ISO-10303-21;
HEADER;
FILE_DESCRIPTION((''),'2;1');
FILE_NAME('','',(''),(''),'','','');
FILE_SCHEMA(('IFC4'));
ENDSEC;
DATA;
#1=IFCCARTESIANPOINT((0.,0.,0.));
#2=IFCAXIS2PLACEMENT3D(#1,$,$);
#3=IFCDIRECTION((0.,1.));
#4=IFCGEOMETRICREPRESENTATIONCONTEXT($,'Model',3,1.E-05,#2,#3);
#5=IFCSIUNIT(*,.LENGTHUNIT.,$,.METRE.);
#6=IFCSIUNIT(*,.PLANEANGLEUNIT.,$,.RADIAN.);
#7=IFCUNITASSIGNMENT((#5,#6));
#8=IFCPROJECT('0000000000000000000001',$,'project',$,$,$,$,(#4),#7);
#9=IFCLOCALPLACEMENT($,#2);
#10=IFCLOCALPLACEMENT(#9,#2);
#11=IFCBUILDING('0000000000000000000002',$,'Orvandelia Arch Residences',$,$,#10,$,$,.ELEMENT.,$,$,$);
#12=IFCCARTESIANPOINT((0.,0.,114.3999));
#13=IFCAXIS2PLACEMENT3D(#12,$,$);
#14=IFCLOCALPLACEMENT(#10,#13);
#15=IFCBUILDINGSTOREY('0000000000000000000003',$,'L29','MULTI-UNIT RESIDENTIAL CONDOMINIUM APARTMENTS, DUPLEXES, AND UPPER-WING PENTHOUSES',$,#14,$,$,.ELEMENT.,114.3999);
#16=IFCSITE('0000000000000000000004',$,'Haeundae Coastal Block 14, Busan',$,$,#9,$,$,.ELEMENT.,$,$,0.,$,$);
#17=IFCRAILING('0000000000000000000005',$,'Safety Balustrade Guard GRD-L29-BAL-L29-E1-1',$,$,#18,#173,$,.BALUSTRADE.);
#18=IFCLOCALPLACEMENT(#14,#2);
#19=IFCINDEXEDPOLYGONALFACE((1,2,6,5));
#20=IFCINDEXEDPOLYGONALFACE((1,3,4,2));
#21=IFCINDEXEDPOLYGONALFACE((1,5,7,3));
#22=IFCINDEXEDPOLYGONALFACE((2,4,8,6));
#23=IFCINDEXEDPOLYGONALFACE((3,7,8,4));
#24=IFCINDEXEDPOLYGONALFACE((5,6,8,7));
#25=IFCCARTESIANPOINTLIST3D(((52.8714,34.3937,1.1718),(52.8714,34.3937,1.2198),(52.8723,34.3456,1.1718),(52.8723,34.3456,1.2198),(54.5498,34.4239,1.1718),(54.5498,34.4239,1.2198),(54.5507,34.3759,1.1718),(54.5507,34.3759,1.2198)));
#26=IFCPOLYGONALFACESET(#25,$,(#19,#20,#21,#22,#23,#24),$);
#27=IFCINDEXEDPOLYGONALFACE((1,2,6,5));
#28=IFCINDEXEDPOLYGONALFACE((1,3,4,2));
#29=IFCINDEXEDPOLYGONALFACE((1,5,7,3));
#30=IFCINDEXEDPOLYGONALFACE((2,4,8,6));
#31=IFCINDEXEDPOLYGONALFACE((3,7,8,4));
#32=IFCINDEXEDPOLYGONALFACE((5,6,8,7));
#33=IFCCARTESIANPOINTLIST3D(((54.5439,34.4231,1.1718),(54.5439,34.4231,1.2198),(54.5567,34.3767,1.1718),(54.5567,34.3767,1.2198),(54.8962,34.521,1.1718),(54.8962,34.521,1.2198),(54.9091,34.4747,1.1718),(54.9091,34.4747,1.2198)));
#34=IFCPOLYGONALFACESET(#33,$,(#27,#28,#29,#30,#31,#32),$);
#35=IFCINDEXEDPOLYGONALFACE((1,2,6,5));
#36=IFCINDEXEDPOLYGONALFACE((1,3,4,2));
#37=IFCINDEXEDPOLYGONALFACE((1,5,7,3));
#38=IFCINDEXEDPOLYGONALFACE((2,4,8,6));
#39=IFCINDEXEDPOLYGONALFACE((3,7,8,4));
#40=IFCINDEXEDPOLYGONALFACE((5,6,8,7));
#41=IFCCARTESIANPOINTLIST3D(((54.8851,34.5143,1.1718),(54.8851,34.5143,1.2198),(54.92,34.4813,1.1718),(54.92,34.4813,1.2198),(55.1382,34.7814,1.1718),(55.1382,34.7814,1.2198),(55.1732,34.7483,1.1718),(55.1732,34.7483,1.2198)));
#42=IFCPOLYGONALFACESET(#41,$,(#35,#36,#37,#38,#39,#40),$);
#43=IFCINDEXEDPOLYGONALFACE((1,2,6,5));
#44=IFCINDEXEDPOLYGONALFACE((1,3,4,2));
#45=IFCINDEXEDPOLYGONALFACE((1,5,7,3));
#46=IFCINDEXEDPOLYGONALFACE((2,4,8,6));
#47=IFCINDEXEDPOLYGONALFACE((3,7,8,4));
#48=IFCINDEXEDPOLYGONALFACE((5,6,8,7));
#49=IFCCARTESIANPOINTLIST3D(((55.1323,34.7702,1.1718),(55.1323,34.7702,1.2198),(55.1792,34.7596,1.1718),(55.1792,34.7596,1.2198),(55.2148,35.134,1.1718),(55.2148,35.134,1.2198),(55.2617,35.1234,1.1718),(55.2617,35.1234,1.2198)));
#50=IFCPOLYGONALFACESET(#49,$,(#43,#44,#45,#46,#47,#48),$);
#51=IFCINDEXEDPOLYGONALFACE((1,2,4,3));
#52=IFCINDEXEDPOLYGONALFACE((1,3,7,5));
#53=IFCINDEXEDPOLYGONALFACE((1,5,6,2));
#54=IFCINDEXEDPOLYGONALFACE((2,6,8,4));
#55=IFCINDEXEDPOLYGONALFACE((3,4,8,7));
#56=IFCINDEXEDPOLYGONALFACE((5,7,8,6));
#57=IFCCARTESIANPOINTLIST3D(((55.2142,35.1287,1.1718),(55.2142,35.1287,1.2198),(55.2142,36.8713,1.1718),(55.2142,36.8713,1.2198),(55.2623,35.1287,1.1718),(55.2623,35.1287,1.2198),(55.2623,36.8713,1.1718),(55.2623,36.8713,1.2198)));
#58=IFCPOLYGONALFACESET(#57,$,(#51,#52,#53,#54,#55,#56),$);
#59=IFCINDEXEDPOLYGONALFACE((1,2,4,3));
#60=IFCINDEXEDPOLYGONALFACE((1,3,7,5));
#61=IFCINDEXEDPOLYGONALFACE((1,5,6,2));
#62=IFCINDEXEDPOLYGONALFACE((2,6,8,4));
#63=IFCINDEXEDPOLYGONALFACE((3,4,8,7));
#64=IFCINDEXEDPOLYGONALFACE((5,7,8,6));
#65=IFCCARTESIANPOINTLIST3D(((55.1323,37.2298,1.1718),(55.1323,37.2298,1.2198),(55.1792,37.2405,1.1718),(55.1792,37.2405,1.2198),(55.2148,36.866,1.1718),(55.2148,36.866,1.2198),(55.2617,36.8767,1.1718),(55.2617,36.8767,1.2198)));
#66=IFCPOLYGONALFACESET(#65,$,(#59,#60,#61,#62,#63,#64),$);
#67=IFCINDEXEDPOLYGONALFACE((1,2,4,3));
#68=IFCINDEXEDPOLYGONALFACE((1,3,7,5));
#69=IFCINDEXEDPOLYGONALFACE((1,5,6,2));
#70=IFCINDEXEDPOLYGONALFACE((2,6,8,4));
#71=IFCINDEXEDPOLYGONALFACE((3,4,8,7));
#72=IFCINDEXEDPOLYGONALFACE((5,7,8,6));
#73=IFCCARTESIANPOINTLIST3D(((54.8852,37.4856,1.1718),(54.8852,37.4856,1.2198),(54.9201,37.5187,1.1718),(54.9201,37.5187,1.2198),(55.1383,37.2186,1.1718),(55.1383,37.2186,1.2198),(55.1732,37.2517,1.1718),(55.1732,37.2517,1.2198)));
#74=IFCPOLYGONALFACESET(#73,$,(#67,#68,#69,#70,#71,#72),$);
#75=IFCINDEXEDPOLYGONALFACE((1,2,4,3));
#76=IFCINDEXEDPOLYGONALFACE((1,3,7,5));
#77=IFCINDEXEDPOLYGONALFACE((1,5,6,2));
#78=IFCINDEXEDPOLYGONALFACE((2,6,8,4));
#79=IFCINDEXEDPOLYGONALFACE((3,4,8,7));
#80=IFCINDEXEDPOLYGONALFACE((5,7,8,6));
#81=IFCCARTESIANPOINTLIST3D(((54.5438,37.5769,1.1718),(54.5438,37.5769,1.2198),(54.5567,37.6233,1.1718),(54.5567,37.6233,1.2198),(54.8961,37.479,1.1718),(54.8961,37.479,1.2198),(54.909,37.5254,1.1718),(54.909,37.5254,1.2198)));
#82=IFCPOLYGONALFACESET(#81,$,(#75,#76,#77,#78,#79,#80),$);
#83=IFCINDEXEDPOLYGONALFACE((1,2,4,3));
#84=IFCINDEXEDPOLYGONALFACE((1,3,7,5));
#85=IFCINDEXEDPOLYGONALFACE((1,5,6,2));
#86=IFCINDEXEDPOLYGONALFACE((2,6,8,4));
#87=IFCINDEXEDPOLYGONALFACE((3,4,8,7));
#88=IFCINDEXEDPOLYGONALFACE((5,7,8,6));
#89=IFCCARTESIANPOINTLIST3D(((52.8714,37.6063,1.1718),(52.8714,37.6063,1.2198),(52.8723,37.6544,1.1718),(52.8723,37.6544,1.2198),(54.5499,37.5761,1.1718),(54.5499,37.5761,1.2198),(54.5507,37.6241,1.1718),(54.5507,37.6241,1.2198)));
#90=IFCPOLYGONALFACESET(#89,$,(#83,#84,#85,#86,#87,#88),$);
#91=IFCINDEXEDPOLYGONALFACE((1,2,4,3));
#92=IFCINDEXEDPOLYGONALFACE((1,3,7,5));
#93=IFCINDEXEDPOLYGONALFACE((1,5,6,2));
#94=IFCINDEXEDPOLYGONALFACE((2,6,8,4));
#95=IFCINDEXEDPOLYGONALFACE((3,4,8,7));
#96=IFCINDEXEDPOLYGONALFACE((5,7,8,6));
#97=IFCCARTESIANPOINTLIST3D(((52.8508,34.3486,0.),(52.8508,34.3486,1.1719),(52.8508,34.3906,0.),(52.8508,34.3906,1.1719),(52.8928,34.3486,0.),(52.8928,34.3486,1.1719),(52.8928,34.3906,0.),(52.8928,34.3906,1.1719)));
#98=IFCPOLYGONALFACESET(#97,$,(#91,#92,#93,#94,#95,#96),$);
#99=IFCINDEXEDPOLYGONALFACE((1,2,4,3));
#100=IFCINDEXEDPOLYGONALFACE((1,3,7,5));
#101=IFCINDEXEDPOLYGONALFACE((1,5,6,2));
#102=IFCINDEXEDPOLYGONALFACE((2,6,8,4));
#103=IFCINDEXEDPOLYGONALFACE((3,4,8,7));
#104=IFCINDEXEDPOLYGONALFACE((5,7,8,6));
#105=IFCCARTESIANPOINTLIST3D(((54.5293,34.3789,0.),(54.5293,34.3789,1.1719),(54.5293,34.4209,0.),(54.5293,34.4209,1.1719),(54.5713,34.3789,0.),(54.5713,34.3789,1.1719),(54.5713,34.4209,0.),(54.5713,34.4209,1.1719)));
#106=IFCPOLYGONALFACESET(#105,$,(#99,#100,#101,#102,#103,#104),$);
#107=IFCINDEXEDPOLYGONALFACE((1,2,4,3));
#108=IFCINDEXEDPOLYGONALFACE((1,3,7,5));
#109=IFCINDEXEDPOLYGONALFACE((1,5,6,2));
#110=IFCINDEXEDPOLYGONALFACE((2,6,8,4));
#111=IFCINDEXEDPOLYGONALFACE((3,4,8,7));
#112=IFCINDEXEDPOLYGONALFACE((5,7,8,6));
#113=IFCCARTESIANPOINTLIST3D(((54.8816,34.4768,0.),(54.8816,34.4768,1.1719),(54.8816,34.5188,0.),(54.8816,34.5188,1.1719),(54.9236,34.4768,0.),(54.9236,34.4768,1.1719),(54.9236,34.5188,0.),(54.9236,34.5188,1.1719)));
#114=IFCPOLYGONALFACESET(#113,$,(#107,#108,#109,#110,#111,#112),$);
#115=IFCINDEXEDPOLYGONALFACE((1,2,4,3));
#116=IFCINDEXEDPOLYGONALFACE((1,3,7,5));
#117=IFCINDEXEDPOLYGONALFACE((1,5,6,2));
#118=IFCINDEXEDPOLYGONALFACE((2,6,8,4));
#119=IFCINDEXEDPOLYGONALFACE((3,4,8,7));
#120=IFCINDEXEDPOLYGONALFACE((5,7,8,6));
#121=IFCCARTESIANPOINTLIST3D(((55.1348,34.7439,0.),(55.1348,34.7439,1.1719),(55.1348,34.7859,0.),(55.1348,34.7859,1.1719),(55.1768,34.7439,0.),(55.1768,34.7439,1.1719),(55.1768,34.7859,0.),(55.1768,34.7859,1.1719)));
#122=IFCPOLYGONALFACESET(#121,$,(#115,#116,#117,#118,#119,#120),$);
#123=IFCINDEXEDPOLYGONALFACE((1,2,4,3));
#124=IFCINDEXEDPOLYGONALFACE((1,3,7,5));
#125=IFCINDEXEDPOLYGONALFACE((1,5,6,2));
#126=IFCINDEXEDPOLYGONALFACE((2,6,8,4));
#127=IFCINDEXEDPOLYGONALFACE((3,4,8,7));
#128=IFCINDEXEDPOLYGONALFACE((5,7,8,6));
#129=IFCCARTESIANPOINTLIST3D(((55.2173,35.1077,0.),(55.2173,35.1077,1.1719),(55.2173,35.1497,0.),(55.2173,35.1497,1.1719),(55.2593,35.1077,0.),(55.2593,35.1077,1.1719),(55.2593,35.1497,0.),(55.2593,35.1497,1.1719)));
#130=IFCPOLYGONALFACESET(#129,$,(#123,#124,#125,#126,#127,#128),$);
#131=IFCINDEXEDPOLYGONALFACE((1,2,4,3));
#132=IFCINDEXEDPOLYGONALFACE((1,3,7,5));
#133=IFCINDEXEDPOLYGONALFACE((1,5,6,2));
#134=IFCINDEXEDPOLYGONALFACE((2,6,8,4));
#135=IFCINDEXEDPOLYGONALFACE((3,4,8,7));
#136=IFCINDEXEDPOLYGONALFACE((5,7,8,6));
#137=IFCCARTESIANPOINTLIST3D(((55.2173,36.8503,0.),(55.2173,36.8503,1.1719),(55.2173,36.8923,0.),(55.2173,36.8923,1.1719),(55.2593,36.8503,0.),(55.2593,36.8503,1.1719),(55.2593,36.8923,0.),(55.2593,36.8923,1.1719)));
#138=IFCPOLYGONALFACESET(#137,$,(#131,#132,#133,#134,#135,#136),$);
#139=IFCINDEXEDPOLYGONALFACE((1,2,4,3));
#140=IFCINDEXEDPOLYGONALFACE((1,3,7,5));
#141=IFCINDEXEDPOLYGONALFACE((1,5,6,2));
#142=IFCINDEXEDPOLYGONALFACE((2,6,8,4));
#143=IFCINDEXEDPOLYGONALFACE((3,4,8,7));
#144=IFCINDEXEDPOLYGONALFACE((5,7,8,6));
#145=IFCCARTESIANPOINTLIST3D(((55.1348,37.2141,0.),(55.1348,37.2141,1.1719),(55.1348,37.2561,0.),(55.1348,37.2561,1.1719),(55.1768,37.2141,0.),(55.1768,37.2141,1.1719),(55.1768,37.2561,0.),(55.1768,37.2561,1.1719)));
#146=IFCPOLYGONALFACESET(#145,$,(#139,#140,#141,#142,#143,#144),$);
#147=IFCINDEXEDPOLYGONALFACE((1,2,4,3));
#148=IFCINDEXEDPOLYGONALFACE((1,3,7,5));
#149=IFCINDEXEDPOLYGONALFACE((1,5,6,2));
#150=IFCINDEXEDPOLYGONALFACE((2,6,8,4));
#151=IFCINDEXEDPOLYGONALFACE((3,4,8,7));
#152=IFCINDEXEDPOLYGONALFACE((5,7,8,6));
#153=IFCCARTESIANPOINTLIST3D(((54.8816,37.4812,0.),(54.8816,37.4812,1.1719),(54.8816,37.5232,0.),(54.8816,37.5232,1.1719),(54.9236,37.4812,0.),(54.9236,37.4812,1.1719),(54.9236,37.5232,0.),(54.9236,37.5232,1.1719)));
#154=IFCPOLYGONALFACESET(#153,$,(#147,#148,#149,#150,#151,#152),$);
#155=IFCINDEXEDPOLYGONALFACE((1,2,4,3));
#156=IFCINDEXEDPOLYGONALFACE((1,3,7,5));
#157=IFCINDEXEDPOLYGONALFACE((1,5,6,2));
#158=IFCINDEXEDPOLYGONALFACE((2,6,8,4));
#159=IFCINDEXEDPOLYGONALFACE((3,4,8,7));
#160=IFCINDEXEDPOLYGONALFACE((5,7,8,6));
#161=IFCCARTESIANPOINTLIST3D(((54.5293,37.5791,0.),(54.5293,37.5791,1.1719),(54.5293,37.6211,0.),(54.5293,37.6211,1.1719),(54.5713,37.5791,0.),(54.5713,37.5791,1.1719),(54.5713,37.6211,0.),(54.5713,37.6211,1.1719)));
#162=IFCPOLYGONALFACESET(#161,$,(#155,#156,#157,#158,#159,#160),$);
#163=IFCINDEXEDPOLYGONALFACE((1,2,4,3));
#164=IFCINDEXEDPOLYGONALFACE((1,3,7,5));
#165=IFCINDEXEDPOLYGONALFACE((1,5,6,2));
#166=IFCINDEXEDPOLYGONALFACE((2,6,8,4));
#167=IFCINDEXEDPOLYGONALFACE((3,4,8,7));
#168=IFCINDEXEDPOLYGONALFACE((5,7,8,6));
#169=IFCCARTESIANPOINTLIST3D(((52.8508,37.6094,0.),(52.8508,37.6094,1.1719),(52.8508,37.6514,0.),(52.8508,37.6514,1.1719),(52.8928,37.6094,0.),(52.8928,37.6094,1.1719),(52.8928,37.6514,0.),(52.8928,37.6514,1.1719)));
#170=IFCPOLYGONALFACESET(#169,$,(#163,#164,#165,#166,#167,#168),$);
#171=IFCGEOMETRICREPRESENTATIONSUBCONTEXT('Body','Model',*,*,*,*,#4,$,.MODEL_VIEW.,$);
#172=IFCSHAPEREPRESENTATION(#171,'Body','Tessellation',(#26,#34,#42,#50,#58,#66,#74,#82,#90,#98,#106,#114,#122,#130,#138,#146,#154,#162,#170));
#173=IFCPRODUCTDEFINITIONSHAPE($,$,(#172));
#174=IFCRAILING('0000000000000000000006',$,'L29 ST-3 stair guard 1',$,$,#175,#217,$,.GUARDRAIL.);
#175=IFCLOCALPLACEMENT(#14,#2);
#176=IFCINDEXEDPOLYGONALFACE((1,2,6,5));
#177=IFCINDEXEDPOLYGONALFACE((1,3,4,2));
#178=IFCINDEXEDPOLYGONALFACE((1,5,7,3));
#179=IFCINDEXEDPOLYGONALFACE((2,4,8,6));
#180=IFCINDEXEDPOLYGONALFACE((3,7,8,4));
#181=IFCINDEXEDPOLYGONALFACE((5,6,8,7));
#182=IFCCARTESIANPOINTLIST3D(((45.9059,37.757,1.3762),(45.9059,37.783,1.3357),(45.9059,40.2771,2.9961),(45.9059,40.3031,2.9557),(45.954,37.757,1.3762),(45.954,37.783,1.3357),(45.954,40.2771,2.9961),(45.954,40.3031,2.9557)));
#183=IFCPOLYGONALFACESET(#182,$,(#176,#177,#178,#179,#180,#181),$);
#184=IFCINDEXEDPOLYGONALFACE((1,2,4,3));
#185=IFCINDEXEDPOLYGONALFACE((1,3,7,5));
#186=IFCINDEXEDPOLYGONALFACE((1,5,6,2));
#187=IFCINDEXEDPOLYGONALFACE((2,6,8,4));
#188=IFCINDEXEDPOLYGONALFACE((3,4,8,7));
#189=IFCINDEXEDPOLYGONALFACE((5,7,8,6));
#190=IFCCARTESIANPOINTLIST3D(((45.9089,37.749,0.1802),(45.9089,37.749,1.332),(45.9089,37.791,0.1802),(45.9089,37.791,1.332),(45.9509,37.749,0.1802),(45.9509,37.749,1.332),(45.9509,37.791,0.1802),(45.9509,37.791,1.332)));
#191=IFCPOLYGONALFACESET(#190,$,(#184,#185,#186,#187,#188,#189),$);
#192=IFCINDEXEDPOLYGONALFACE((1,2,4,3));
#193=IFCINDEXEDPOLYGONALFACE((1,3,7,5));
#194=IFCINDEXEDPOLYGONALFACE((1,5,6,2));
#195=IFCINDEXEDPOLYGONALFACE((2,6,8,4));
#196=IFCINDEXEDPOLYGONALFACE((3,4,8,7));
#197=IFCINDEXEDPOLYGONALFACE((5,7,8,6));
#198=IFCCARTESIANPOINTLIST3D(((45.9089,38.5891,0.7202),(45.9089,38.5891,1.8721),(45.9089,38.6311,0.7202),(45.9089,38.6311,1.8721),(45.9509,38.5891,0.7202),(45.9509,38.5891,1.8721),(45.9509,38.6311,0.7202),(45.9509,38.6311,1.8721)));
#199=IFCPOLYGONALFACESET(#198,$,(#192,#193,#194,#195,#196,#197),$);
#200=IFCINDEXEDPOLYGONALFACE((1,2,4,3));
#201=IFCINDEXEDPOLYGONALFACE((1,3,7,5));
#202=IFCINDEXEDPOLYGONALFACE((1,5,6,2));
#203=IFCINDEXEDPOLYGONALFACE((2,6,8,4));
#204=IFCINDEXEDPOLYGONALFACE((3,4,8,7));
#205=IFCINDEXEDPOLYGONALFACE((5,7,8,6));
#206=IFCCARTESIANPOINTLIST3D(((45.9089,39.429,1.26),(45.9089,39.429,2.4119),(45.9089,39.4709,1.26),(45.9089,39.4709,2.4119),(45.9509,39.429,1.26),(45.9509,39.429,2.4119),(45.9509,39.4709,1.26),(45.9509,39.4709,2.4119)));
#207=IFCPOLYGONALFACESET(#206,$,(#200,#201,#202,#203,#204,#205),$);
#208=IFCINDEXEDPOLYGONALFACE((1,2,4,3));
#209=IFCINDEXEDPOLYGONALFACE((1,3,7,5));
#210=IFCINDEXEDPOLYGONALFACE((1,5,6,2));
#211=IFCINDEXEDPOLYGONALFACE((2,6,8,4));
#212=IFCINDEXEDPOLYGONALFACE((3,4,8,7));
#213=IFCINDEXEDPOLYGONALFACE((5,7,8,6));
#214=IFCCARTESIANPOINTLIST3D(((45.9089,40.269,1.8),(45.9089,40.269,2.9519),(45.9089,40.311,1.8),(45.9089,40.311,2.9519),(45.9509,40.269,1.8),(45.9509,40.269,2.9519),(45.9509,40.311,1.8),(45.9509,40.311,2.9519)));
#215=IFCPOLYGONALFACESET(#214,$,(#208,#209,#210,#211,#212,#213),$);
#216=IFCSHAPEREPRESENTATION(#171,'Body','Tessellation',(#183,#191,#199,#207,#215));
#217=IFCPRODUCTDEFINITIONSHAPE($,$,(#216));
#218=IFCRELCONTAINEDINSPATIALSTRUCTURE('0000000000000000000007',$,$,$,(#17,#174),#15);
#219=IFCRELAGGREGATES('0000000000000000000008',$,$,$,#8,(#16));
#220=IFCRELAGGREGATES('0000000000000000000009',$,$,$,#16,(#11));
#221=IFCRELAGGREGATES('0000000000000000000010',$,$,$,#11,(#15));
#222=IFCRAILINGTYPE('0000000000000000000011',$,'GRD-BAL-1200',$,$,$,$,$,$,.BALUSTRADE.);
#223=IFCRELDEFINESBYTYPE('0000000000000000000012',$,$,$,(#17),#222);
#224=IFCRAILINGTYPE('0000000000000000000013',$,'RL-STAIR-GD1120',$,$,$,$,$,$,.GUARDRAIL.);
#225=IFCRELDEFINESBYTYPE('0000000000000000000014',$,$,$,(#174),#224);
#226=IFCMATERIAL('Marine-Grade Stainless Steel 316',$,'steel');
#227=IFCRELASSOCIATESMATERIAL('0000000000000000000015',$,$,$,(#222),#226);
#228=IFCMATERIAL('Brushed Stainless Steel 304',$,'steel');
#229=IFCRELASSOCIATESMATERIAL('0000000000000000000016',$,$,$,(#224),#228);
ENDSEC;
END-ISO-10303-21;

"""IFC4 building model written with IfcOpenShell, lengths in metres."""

from ifc_helpers import new_model, si_unit, direction, frame, origin, origin_2d, place, context, subcontext, project, spatial, rectangle, extrude, material, type_object, element, save


model = new_model("IFC4")

# Units and contexts
model_context = context("Model", 3, precision=1e-05, world=origin(), true_north=direction((0.0, 1.0)))
body_context = subcontext(model_context, "Body", "Model", "MODEL_VIEW")
ifc_project = project(units=[si_unit("LENGTHUNIT", "METRE"), si_unit("PLANEANGLEUNIT", "RADIAN")], contexts=[model_context])

# Site, building, storey
site_placement = place(None, origin())
site = spatial("IfcSite", under=ifc_project, at=site_placement, Name="Haeundae Coastal Block 14, Busan", CompositionType="ELEMENT", RefElevation=0.0)
building_placement = place(site_placement, origin())
building = spatial("IfcBuilding", under=site, at=building_placement, Name="Orvandelia Arch Residences", CompositionType="ELEMENT")
storey_placement = place(building_placement, frame((0.0, 0.0, 114.3999)))
storey = spatial("IfcBuildingStorey", under=building, at=storey_placement, Name="L29", Description="MULTI-UNIT RESIDENTIAL CONDOMINIUM APARTMENTS, DUPLEXES, AND UPPER-WING PENTHOUSES", CompositionType="ELEMENT", Elevation=114.3999)

# Railings
ifc_material_1 = material(Name="Marine-Grade Stainless Steel 316", Category="steel")
railing_type_1 = type_object("IfcRailingType", Name="GRD-BAL-1200", PredefinedType="BALUSTRADE", material=ifc_material_1)
railing_1_placement = place(storey_placement, frame((52.8718, 34.3696, 0.0)))
element("IfcRailing", 1, at=railing_1_placement, inside=storey, type_object=railing_type_1, Name="Safety Balustrade Guard GRD-L29-BAL-L29-E1-1", PredefinedType="BALUSTRADE", context=body_context, shape_type="SweptSolid", body=[
    extrude(rectangle(XDim=0.0481, YDim=0.0481, at=origin_2d()), frame((0.0, 0.0, 1.1958), z_axis=(0.999837, 0.018033, 0.0), x_axis=(-0.018033, 0.999837, 0.0)), (0.0, 0.0, 1.0), 1.6787),
    extrude(rectangle(XDim=0.0481, YDim=0.0481, at=origin_2d()), frame((1.6785, 0.0303, 1.1958), z_axis=(0.963489, 0.267747, 0.0), x_axis=(-0.267747, 0.963489, 0.0)), (0.0, 0.0, 1.0), 0.3657),
    extrude(rectangle(XDim=0.0481, YDim=0.0481, at=origin_2d()), frame((2.0308, 0.1282, 1.1958), z_axis=(0.687947, 0.725761, 0.0), x_axis=(-0.725761, 0.687947, 0.0)), (0.0, 0.0, 1.0), 0.3679),
    extrude(rectangle(XDim=0.0481, YDim=0.0481, at=origin_2d()), frame((2.2839, 0.3953, 1.1958), z_axis=(0.221225, 0.975223, 0.0), x_axis=(-0.975223, 0.221225, 0.0)), (0.0, 0.0, 1.0), 0.373),
    extrude(rectangle(XDim=0.0481, YDim=0.0481, at=origin_2d()), frame((2.3665, 0.759, 1.1958), z_axis=(0.0, 1.0, 0.0), x_axis=(-1.0, 0.0, 0.0)), (0.0, 0.0, 1.0), 1.7427),
    extrude(rectangle(XDim=0.0481, YDim=0.0481, at=origin_2d()), frame((2.3665, 2.5017, 1.1958), z_axis=(-0.221225, 0.975223, 0.0), x_axis=(-0.975223, -0.221225, 0.0)), (0.0, 0.0, 1.0), 0.373),
    extrude(rectangle(XDim=0.0481, YDim=0.0481, at=origin_2d()), frame((2.2839, 2.8655, 1.1958), z_axis=(-0.687947, 0.725761, 0.0), x_axis=(-0.725761, -0.687947, 0.0)), (0.0, 0.0, 1.0), 0.3679),
    extrude(rectangle(XDim=0.0481, YDim=0.0481, at=origin_2d()), frame((2.0308, 3.1326, 1.1958), z_axis=(-0.963489, 0.267747, 0.0), x_axis=(-0.267747, -0.963489, 0.0)), (0.0, 0.0, 1.0), 0.3657),
    extrude(rectangle(XDim=0.0481, YDim=0.0481, at=origin_2d()), frame((1.6785, 3.2305, 1.1958), z_axis=(-0.999837, 0.018033, 0.0), x_axis=(-0.018033, -0.999837, 0.0)), (0.0, 0.0, 1.0), 1.6787),
    extrude(rectangle(XDim=0.042, YDim=0.042, at=origin_2d()), origin(), (0.0, 0.0, 1.0), 1.1719),
    extrude(rectangle(XDim=0.042, YDim=0.042, at=origin_2d()), frame((1.6785, 0.0303, 0.0)), (0.0, 0.0, 1.0), 1.1719),
    extrude(rectangle(XDim=0.042, YDim=0.042, at=origin_2d()), frame((2.0308, 0.1282, 0.0)), (0.0, 0.0, 1.0), 1.1719),
    extrude(rectangle(XDim=0.042, YDim=0.042, at=origin_2d()), frame((2.2839, 0.3953, 0.0)), (0.0, 0.0, 1.0), 1.1719),
    extrude(rectangle(XDim=0.042, YDim=0.042, at=origin_2d()), frame((2.3665, 0.759, 0.0)), (0.0, 0.0, 1.0), 1.1719),
    extrude(rectangle(XDim=0.042, YDim=0.042, at=origin_2d()), frame((2.3665, 2.5017, 0.0)), (0.0, 0.0, 1.0), 1.1719),
    extrude(rectangle(XDim=0.042, YDim=0.042, at=origin_2d()), frame((2.2839, 2.8655, 0.0)), (0.0, 0.0, 1.0), 1.1719),
    extrude(rectangle(XDim=0.042, YDim=0.042, at=origin_2d()), frame((2.0308, 3.1326, 0.0)), (0.0, 0.0, 1.0), 1.1719),
    extrude(rectangle(XDim=0.042, YDim=0.042, at=origin_2d()), frame((1.6785, 3.2305, 0.0)), (0.0, 0.0, 1.0), 1.1719),
    extrude(rectangle(XDim=0.042, YDim=0.042, at=origin_2d()), frame((0.0, 3.2607, 0.0)), (0.0, 0.0, 1.0), 1.1719),
])
ifc_material_2 = material(Name="Brushed Stainless Steel 304", Category="steel")
railing_type_2 = type_object("IfcRailingType", Name="RL-STAIR-GD1120", PredefinedType="GUARDRAIL", material=ifc_material_2)
railing_2_placement = place(storey_placement, frame((45.9299, 37.77, 0.1802)))
element("IfcRailing", 2, at=railing_2_placement, inside=storey, type_object=railing_type_2, Name="L29 ST-3 stair guard 1", PredefinedType="GUARDRAIL", context=body_context, shape_type="SweptSolid", body=[
    extrude(rectangle(XDim=0.0481, YDim=0.0481, at=origin_2d()), frame((0.0, 0.0, 1.1758), z_axis=(0.0, 0.8412, 0.540725), x_axis=(-1.0, 0.0, 0.0)), (0.0, 0.0, 1.0), 2.9958),
    extrude(rectangle(XDim=0.042, YDim=0.042, at=origin_2d()), origin(), (0.0, 0.0, 1.0), 1.1519),
    extrude(rectangle(XDim=0.042, YDim=0.042, at=origin_2d()), frame((0.0, 0.8401, 0.54)), (0.0, 0.0, 1.0), 1.1519),
    extrude(rectangle(XDim=0.042, YDim=0.042, at=origin_2d()), frame((0.0, 1.6799, 1.0798)), (0.0, 0.0, 1.0), 1.1519),
    extrude(rectangle(XDim=0.042, YDim=0.042, at=origin_2d()), frame((0.0, 2.52, 1.6199)), (0.0, 0.0, 1.0), 1.1519),
])

save(model, "model.ifc")
